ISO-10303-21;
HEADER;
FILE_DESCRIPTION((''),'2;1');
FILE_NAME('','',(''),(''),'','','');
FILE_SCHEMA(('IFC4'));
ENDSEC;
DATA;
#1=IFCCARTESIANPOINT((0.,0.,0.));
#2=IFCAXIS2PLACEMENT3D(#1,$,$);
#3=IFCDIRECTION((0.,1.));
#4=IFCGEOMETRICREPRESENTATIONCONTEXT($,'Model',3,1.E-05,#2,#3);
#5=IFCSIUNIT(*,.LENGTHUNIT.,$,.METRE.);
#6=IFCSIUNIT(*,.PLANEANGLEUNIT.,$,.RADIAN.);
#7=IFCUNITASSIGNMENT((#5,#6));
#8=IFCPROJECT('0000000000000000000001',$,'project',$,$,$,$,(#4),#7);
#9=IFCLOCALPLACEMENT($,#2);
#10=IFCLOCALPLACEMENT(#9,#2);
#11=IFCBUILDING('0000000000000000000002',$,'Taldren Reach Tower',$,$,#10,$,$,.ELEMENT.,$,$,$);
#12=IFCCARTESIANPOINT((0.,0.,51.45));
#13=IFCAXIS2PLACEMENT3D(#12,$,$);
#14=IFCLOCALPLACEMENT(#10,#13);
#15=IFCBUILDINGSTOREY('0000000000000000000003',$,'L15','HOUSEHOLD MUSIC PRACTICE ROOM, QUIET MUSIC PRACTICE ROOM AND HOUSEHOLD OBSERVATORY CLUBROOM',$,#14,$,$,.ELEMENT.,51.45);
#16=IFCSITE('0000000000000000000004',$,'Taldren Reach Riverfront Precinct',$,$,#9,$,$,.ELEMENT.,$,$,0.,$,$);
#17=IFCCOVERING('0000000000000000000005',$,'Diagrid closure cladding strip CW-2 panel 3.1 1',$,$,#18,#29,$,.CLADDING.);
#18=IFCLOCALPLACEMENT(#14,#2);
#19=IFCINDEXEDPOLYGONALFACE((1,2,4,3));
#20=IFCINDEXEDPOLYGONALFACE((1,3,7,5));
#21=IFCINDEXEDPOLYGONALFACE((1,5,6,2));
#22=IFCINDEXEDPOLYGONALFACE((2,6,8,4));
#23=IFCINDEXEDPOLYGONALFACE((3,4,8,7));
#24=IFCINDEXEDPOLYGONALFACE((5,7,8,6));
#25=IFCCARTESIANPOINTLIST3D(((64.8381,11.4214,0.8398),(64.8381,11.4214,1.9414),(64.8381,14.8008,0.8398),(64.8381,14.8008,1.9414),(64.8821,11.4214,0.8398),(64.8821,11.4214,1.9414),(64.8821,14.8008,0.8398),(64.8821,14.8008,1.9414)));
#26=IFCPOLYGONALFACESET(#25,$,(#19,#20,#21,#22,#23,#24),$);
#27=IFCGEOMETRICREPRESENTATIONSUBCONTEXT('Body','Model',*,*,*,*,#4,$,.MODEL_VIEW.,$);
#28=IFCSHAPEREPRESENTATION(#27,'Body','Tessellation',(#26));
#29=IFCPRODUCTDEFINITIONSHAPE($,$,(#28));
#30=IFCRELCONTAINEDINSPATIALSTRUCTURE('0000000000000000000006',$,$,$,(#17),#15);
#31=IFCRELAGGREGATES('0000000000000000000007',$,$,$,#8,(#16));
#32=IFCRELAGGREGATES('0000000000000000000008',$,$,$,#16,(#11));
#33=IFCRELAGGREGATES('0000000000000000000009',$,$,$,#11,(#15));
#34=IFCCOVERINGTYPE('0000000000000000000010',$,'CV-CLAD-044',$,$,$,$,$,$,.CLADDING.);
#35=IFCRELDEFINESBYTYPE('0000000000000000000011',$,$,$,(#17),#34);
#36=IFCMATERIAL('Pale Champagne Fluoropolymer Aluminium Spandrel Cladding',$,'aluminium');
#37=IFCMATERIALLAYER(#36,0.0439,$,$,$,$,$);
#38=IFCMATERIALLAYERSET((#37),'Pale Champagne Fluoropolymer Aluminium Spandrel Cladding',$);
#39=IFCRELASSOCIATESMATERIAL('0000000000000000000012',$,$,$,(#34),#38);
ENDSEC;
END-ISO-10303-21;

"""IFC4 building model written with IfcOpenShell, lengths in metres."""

from ifc_helpers import new_model, si_unit, direction, frame, origin, origin_2d, place, context, subcontext, project, spatial, rectangle, extrude, source, transform, mapped, material, layer, layer_set, type_object, element, save


model = new_model("IFC4")

# Units and contexts
model_context = context("Model", 3, precision=1e-05, world=origin(), true_north=direction((0.0, 1.0)))
body_context = subcontext(model_context, "Body", "Model", "MODEL_VIEW")
ifc_project = project(units=[si_unit("LENGTHUNIT", "METRE"), si_unit("PLANEANGLEUNIT", "RADIAN")], contexts=[model_context])

# Site, building, storey
site_placement = place(None, origin())
site = spatial("IfcSite", under=ifc_project, at=site_placement, Name="Taldren Reach Riverfront Precinct", CompositionType="ELEMENT", RefElevation=0.0)
building_placement = place(site_placement, origin())
building = spatial("IfcBuilding", under=site, at=building_placement, Name="Taldren Reach Tower", CompositionType="ELEMENT")
storey_placement = place(building_placement, frame((0.0, 0.0, 51.45)))
storey = spatial("IfcBuildingStorey", under=building, at=storey_placement, Name="L15", Description="HOUSEHOLD MUSIC PRACTICE ROOM, QUIET MUSIC PRACTICE ROOM AND HOUSEHOLD OBSERVATORY CLUBROOM", CompositionType="ELEMENT", Elevation=51.45)

# Covering
ifc_material_1 = material(Name="Pale Champagne Fluoropolymer Aluminium Spandrel Cladding", Category="aluminium")
ifc_layer_1 = layer(ifc_material_1, 0.0439)
ifc_layer_set_1 = layer_set([ifc_layer_1], Name="Pale Champagne Fluoropolymer Aluminium Spandrel Cladding")
covering_type = type_object("IfcCoveringType", Name="CV-CLAD-044", PredefinedType="CLADDING", material=ifc_layer_set_1)
shared_shape_1 = source(origin(), body_context, "Body", "SweptSolid", [
    extrude(rectangle(XDim=3.3794, YDim=0.0439, at=origin_2d()), origin(), (0.0, 0.0, 1.0), 1.1016),
])
for number, where, z_axis, x_axis, name in (
    (1, (64.8601, 13.1111, 0.8398), (0.0, 0.0, 1.0), (0.0, 1.0, 0.0), "Diagrid closure cladding strip CW-2 panel 3.1 1"),
):
    element("IfcCovering", number, at=place(storey_placement, frame(where, z_axis=z_axis, x_axis=x_axis)), inside=storey, type_object=covering_type, Name=name, PredefinedType="CLADDING", context=body_context, shape_type="MappedRepresentation", body=[
        mapped(shared_shape_1, transform((0.0, 0.0, 0.0), scale=1.0)),
    ])

save(model, "model.ifc")
